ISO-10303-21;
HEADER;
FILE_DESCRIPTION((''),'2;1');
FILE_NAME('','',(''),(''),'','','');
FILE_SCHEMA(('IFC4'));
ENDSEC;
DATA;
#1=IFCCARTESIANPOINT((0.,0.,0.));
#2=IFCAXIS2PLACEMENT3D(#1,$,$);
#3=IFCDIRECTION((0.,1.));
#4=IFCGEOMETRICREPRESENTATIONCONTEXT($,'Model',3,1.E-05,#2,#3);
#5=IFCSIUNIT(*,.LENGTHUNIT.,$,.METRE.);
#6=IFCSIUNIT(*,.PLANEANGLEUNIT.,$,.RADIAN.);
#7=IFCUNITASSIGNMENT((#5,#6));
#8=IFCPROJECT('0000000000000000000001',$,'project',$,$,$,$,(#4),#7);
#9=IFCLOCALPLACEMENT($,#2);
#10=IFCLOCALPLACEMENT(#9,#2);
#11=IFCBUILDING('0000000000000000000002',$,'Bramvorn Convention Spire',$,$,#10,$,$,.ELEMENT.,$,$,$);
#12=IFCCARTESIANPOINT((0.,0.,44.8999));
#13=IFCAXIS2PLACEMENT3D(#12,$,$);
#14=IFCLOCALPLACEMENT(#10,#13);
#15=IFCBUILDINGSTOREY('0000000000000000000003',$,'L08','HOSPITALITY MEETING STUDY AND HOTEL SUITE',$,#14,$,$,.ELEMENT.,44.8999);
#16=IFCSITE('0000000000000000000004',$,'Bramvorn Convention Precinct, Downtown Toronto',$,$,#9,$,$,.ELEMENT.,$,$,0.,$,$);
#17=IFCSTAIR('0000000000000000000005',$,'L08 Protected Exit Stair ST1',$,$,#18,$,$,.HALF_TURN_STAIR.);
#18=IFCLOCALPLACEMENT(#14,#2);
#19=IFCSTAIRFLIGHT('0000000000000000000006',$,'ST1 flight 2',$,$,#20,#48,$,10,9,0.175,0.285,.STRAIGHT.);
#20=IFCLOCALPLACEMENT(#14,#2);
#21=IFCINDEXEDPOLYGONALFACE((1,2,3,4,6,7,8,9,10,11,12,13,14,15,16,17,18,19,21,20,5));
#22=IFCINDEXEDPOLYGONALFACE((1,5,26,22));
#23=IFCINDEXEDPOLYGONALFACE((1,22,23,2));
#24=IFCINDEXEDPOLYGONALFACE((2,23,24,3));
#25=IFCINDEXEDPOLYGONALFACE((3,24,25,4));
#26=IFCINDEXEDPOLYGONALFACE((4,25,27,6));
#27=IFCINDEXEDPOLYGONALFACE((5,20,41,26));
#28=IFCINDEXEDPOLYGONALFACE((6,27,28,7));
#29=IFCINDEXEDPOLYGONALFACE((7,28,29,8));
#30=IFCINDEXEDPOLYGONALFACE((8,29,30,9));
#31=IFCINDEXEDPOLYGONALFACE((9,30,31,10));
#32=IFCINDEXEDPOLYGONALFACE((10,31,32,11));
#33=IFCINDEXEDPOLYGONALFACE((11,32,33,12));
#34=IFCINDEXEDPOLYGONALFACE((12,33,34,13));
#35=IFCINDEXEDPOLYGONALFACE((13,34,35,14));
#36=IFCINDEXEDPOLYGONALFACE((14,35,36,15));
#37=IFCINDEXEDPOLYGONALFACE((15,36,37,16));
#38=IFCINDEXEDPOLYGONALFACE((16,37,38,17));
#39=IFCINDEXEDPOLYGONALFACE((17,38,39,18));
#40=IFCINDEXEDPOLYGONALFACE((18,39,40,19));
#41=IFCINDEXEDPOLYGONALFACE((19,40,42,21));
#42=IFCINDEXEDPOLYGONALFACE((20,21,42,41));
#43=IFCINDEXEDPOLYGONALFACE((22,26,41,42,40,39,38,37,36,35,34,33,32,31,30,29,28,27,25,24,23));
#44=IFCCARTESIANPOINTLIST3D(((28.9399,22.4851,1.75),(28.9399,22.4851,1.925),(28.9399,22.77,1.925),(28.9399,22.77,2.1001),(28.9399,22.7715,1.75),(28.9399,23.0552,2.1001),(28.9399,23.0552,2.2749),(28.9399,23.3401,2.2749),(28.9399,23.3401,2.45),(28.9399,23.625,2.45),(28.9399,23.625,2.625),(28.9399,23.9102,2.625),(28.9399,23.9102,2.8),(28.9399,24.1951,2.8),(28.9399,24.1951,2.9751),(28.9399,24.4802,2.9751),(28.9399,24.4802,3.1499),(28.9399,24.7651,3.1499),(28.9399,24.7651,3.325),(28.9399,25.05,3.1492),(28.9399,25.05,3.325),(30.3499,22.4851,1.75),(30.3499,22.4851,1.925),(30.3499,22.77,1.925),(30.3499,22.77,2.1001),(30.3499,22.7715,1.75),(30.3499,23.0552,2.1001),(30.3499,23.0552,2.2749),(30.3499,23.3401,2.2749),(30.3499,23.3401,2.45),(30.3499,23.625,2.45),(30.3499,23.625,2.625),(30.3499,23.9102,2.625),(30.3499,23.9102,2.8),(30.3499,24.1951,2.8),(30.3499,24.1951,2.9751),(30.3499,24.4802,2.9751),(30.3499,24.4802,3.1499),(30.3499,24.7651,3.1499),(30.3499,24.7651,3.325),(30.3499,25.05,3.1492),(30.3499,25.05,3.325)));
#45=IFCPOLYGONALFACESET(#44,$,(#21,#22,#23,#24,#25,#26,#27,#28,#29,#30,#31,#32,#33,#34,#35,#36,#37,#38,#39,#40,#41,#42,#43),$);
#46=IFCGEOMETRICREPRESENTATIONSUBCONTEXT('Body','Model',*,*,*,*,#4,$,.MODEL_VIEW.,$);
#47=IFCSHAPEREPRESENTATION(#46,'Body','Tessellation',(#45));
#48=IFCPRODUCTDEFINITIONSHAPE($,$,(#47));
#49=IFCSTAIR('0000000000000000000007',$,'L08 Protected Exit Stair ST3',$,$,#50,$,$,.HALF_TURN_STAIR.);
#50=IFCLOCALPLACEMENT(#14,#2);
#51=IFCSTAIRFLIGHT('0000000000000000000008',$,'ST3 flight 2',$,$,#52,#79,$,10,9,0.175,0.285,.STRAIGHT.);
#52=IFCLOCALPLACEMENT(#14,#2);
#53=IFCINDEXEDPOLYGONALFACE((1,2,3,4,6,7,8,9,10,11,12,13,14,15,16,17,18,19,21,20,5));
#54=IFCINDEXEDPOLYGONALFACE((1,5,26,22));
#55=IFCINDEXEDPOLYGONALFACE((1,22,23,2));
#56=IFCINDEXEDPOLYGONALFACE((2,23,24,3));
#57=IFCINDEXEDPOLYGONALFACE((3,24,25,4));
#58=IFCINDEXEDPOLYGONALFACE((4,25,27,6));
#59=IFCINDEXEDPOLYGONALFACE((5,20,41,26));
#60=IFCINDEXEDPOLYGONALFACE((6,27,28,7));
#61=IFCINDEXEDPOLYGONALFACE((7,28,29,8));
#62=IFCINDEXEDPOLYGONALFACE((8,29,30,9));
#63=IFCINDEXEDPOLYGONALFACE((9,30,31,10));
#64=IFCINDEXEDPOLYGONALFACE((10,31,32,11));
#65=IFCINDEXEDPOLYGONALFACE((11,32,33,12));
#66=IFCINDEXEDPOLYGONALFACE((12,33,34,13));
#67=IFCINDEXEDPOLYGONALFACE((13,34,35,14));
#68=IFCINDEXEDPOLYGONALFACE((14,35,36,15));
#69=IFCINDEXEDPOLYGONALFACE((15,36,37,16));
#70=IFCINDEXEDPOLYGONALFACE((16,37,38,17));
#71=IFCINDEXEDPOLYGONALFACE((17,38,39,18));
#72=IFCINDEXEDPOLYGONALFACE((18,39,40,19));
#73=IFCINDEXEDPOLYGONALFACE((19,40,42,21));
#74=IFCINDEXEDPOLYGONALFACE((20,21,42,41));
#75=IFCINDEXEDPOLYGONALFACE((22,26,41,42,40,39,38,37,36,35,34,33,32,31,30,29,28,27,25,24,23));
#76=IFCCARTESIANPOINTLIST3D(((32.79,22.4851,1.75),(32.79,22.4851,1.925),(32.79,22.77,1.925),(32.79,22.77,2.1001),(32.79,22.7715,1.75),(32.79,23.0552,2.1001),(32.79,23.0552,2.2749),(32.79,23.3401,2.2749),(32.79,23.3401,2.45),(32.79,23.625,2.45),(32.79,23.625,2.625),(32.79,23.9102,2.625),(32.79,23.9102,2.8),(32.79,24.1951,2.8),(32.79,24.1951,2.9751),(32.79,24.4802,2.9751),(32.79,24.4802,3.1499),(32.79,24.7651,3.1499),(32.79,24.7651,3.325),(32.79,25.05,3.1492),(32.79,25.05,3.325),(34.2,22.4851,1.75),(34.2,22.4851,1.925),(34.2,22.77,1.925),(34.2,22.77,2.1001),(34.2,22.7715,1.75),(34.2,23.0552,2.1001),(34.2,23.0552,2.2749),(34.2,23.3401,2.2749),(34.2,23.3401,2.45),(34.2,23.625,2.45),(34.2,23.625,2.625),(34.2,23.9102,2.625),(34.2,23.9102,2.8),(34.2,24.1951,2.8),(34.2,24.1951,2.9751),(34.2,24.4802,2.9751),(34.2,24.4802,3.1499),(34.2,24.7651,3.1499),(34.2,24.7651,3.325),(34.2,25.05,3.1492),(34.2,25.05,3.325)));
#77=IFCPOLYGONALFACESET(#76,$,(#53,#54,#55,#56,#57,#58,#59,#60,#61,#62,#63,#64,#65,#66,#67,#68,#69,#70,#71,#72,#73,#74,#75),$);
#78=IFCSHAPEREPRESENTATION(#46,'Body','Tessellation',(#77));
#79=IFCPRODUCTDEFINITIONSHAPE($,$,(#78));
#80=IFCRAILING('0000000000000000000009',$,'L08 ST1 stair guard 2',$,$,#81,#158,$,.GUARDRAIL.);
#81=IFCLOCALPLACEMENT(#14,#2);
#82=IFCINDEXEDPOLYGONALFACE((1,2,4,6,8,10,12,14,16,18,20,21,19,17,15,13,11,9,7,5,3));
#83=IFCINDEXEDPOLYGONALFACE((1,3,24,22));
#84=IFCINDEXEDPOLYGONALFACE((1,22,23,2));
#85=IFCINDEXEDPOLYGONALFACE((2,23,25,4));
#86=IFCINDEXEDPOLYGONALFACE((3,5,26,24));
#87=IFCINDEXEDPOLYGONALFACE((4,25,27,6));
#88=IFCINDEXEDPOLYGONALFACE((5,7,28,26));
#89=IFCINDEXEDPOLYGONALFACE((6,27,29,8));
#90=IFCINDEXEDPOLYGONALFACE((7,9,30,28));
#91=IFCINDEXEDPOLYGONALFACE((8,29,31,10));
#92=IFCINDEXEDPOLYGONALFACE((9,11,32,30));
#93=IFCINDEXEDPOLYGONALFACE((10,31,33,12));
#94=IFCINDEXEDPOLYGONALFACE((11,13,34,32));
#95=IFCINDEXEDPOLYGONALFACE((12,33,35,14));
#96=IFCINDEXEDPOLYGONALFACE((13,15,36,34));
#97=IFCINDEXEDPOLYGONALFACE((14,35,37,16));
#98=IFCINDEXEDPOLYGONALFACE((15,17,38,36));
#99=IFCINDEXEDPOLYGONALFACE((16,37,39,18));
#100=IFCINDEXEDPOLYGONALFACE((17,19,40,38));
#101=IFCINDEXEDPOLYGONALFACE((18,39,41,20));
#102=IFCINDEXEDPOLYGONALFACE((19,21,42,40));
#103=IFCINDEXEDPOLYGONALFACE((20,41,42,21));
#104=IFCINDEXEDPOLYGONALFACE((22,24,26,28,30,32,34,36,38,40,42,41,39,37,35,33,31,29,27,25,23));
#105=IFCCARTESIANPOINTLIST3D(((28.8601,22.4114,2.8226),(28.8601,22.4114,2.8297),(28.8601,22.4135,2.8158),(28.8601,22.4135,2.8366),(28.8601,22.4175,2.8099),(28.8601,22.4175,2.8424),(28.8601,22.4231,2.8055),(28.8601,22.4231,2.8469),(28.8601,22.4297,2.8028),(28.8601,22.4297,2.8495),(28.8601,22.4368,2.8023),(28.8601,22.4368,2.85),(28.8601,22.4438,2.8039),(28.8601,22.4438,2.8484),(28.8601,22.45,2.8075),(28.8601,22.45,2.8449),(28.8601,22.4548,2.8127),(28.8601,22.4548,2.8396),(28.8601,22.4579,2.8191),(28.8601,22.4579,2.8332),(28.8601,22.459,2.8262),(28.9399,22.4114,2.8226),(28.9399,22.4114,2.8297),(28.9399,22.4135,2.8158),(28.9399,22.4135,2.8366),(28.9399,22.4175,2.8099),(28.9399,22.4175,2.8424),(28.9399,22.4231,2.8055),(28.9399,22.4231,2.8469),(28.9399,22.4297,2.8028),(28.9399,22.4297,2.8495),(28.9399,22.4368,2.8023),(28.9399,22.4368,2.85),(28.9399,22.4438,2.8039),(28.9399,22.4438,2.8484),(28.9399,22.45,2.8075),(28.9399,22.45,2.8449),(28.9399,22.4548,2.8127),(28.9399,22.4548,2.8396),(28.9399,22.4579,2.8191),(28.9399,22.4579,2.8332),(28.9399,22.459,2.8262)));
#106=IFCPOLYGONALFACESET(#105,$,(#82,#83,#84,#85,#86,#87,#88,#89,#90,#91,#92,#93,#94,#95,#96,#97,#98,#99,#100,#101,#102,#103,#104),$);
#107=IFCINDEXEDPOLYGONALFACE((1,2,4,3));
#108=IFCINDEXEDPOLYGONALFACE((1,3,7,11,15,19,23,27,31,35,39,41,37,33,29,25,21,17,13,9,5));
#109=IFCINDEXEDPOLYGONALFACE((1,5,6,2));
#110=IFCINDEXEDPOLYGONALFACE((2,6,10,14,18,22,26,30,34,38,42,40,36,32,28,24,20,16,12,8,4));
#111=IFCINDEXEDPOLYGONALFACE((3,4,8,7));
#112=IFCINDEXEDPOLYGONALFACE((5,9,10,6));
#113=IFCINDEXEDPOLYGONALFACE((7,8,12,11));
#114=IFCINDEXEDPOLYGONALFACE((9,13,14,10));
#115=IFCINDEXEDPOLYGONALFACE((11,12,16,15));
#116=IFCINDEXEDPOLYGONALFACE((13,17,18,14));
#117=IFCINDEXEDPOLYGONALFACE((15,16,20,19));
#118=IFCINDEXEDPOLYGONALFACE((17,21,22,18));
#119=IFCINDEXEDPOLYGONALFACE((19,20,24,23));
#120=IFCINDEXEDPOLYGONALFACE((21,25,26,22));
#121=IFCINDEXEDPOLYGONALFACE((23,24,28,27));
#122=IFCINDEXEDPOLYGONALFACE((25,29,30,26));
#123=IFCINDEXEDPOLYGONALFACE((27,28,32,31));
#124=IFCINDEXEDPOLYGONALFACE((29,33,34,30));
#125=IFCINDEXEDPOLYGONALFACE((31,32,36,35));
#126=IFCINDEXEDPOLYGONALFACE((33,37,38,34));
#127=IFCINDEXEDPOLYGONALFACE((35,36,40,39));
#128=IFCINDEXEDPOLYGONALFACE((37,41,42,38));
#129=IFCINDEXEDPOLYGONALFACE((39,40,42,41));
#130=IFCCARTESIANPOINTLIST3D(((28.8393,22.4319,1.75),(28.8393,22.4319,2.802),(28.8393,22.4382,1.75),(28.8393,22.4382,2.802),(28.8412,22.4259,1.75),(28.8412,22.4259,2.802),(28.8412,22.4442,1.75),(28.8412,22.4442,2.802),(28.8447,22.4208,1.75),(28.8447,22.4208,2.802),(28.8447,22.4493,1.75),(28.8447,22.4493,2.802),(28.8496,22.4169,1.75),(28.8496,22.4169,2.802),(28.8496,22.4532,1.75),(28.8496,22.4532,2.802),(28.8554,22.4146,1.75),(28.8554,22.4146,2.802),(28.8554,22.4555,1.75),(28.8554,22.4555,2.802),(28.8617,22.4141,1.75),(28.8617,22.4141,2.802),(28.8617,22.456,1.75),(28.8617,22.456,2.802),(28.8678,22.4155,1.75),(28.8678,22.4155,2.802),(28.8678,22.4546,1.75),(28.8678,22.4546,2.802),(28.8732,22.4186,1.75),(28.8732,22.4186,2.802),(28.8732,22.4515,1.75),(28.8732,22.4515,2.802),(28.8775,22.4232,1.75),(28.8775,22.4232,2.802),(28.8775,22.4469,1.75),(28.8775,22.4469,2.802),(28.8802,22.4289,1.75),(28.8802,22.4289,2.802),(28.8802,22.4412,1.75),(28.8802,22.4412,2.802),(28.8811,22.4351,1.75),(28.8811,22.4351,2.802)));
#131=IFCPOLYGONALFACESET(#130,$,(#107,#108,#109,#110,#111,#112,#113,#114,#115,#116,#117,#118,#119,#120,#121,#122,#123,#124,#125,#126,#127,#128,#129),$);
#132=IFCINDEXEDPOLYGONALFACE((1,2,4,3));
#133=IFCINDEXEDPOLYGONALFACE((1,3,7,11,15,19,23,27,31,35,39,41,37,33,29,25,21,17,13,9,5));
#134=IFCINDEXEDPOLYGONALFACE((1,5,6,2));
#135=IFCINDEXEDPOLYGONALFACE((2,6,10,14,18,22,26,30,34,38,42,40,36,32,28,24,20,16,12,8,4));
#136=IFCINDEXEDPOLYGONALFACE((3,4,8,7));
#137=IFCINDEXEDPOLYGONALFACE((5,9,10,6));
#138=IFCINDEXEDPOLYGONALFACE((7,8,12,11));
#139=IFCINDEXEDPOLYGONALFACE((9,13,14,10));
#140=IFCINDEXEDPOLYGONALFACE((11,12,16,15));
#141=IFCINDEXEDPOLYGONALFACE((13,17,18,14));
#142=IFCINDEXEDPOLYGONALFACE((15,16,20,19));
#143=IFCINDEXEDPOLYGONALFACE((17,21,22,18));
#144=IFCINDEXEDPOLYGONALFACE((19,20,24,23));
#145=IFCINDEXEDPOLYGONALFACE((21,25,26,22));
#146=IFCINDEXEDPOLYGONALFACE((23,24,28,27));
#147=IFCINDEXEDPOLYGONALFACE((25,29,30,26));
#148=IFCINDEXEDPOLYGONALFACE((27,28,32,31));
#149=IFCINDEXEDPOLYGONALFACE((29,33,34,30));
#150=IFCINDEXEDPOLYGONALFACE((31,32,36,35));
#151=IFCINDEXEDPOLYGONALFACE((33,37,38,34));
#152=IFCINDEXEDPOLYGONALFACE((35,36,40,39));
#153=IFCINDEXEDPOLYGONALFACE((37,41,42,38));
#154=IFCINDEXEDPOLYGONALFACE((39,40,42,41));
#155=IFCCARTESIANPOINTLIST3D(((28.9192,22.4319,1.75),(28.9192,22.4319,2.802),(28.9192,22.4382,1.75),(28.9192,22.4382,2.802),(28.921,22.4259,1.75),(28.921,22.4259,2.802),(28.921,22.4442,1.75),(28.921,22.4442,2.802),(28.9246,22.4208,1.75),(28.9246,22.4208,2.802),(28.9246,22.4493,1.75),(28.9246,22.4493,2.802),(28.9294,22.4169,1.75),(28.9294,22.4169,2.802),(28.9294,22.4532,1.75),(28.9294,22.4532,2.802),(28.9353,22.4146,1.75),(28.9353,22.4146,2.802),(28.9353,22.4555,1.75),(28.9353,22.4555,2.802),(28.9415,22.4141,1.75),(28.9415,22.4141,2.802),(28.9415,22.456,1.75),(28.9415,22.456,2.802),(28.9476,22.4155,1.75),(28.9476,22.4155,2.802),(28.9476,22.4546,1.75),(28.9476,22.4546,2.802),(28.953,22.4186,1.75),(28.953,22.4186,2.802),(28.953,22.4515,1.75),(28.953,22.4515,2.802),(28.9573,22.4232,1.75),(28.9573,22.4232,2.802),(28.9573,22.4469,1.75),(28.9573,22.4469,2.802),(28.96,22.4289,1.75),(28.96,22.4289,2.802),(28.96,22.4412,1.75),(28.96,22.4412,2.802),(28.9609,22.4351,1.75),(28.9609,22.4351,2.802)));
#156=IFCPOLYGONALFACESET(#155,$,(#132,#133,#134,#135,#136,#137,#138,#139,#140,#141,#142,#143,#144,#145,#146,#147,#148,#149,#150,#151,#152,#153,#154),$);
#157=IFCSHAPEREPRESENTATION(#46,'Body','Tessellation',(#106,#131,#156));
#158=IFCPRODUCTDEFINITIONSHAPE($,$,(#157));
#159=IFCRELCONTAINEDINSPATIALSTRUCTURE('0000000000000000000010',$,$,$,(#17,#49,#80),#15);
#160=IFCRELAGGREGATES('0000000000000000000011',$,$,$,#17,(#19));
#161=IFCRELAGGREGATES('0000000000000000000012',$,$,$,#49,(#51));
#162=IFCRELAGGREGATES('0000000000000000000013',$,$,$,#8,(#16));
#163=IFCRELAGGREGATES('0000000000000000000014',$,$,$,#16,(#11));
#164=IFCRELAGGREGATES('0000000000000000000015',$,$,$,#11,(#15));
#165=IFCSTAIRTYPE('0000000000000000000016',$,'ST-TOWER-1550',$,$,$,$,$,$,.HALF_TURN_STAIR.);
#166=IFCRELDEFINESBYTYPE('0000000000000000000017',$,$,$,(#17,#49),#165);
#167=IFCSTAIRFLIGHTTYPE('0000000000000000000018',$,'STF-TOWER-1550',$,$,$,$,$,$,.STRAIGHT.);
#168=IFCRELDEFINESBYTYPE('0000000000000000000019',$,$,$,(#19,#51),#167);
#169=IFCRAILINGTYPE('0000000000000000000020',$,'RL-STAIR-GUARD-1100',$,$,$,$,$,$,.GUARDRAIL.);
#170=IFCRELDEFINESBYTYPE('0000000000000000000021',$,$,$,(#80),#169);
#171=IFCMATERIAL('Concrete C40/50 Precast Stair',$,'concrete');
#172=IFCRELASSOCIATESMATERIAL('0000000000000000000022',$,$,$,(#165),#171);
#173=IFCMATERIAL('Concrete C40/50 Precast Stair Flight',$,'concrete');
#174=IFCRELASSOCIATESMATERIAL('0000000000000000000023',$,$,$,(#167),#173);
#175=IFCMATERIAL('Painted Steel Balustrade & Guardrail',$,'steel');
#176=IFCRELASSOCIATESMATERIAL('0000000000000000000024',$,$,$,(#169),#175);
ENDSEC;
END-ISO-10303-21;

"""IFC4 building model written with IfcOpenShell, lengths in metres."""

from ifc_helpers import new_model, si_unit, direction, frame, origin, origin_2d, place, context, subcontext, project, spatial, polyline, circle, outline, extrude, material, type_object, element, aggregate, save


model = new_model("IFC4")

# Units and contexts
model_context = context("Model", 3, precision=1e-05, world=origin(), true_north=direction((0.0, 1.0)))
body_context = subcontext(model_context, "Body", "Model", "MODEL_VIEW")
ifc_project = project(units=[si_unit("LENGTHUNIT", "METRE"), si_unit("PLANEANGLEUNIT", "RADIAN")], contexts=[model_context])

# Site, building, storey
site_placement = place(None, origin())
site = spatial("IfcSite", under=ifc_project, at=site_placement, Name="Bramvorn Convention Precinct, Downtown Toronto", CompositionType="ELEMENT", RefElevation=0.0)
building_placement = place(site_placement, origin())
building = spatial("IfcBuilding", under=site, at=building_placement, Name="Bramvorn Convention Spire", CompositionType="ELEMENT")
storey_placement = place(building_placement, frame((0.0, 0.0, 44.8999)))
storey = spatial("IfcBuildingStorey", under=building, at=storey_placement, Name="L08", Description="HOSPITALITY MEETING STUDY AND HOTEL SUITE", CompositionType="ELEMENT", Elevation=44.8999)

# Stairs, stair flights
ifc_material_1 = material(Name="Concrete C40/50 Precast Stair", Category="concrete")
stair_type = type_object("IfcStairType", Name="ST-TOWER-1550", PredefinedType="HALF_TURN_STAIR", material=ifc_material_1)
stair_1_placement = place(storey_placement, origin())
stair_1 = element("IfcStair", 1, at=stair_1_placement, inside=storey, type_object=stair_type, Name="L08 Protected Exit Stair ST1", PredefinedType="HALF_TURN_STAIR")
ifc_material_2 = material(Name="Concrete C40/50 Precast Stair Flight", Category="concrete")
stair_flight_type = type_object("IfcStairFlightType", Name="STF-TOWER-1550", PredefinedType="STRAIGHT", material=ifc_material_2)
stair_flight_1_placement = place(storey_placement, frame((29.645, 22.4851, 1.75), z_axis=(0.0, 0.0, 1.0), x_axis=(0.0, 1.0, 0.0)))
stair_flight_1 = element("IfcStairFlight", 2, at=stair_flight_1_placement, type_object=stair_flight_type, Name="ST1 flight 2", NumberOfRisers=10, NumberOfTreads=9, PredefinedType="STRAIGHT", RiserHeight=0.175, TreadLength=0.285, context=body_context, shape_type="SweptSolid", body=[
    extrude(outline(polyline([(0.0, 0.0), (0.0, 0.175), (0.2849, 0.175), (0.2849, 0.3501), (0.5701, 0.3501), (0.5701, 0.5249), (0.855, 0.5249), (0.855, 0.7), (1.1399, 0.7), (1.1399, 0.875), (1.425, 0.875), (1.425, 1.05), (1.71, 1.05), (1.71, 1.2251), (1.9951, 1.2251), (1.9951, 1.3999), (2.28, 1.3999), (2.28, 1.575), (2.5649, 1.575), (2.5649, 1.75), (2.5649, 1.3992), (0.2864, 0.0), (0.0, 0.0)])), frame((0.0, 0.7051, 0.0), z_axis=(0.0, -1.0, 0.0), x_axis=(1.0, 0.0, 0.0)), (0.0, 0.0, 1.0), 1.4099),
])
aggregate(stair_1, [stair_flight_1])
stair_2_placement = place(storey_placement, origin())
stair_2 = element("IfcStair", 3, at=stair_2_placement, inside=storey, type_object=stair_type, Name="L08 Protected Exit Stair ST3", PredefinedType="HALF_TURN_STAIR")
stair_flight_2_placement = place(storey_placement, frame((33.4951, 22.4851, 1.75), z_axis=(0.0, 0.0, 1.0), x_axis=(0.0, 1.0, 0.0)))
stair_flight_2 = element("IfcStairFlight", 4, at=stair_flight_2_placement, type_object=stair_flight_type, Name="ST3 flight 2", NumberOfRisers=10, NumberOfTreads=9, PredefinedType="STRAIGHT", RiserHeight=0.175, TreadLength=0.285, context=body_context, shape_type="SweptSolid", body=[
    extrude(outline(polyline([(0.0, 0.0), (0.0, 0.175), (0.2849, 0.175), (0.2849, 0.3501), (0.5701, 0.3501), (0.5701, 0.5249), (0.855, 0.5249), (0.855, 0.7), (1.1399, 0.7), (1.1399, 0.875), (1.425, 0.875), (1.425, 1.05), (1.71, 1.05), (1.71, 1.2251), (1.9951, 1.2251), (1.9951, 1.3999), (2.28, 1.3999), (2.28, 1.575), (2.5649, 1.575), (2.5649, 1.75), (2.5649, 1.3992), (0.2864, 0.0), (0.0, 0.0)])), frame((0.0, 0.7051, 0.0), z_axis=(0.0, -1.0, 0.0), x_axis=(1.0, 0.0, 0.0)), (0.0, 0.0, 1.0), 1.4099),
])
aggregate(stair_2, [stair_flight_2])

# Railing
ifc_material_3 = material(Name="Painted Steel Balustrade & Guardrail", Category="steel")
railing_type_1 = type_object("IfcRailingType", Name="RL-STAIR-GUARD-1100", PredefinedType="GUARDRAIL", material=ifc_material_3)
railing_1_placement = place(storey_placement, frame((28.8601, 22.4351, 1.75)))
element("IfcRailing", 5, at=railing_1_placement, inside=storey, type_object=railing_type_1, Name="L08 ST1 stair guard 2", PredefinedType="GUARDRAIL", context=body_context, shape_type="SweptSolid", body=[
    extrude(circle(Radius=0.0239, at=origin_2d()), frame((0.0, 0.0, 1.0762), z_axis=(1.0, 0.0, 0.0), x_axis=(0.0, 1.0, 0.0)), (0.0, 0.0, 1.0), 0.0798),
    extrude(circle(Radius=0.021, at=origin_2d()), origin(), (0.0, 0.0, 1.0), 1.052),
    extrude(circle(Radius=0.021, at=origin_2d()), frame((0.0798, 0.0, 0.0)), (0.0, 0.0, 1.0), 1.052),
])

save(model, "model.ifc")
